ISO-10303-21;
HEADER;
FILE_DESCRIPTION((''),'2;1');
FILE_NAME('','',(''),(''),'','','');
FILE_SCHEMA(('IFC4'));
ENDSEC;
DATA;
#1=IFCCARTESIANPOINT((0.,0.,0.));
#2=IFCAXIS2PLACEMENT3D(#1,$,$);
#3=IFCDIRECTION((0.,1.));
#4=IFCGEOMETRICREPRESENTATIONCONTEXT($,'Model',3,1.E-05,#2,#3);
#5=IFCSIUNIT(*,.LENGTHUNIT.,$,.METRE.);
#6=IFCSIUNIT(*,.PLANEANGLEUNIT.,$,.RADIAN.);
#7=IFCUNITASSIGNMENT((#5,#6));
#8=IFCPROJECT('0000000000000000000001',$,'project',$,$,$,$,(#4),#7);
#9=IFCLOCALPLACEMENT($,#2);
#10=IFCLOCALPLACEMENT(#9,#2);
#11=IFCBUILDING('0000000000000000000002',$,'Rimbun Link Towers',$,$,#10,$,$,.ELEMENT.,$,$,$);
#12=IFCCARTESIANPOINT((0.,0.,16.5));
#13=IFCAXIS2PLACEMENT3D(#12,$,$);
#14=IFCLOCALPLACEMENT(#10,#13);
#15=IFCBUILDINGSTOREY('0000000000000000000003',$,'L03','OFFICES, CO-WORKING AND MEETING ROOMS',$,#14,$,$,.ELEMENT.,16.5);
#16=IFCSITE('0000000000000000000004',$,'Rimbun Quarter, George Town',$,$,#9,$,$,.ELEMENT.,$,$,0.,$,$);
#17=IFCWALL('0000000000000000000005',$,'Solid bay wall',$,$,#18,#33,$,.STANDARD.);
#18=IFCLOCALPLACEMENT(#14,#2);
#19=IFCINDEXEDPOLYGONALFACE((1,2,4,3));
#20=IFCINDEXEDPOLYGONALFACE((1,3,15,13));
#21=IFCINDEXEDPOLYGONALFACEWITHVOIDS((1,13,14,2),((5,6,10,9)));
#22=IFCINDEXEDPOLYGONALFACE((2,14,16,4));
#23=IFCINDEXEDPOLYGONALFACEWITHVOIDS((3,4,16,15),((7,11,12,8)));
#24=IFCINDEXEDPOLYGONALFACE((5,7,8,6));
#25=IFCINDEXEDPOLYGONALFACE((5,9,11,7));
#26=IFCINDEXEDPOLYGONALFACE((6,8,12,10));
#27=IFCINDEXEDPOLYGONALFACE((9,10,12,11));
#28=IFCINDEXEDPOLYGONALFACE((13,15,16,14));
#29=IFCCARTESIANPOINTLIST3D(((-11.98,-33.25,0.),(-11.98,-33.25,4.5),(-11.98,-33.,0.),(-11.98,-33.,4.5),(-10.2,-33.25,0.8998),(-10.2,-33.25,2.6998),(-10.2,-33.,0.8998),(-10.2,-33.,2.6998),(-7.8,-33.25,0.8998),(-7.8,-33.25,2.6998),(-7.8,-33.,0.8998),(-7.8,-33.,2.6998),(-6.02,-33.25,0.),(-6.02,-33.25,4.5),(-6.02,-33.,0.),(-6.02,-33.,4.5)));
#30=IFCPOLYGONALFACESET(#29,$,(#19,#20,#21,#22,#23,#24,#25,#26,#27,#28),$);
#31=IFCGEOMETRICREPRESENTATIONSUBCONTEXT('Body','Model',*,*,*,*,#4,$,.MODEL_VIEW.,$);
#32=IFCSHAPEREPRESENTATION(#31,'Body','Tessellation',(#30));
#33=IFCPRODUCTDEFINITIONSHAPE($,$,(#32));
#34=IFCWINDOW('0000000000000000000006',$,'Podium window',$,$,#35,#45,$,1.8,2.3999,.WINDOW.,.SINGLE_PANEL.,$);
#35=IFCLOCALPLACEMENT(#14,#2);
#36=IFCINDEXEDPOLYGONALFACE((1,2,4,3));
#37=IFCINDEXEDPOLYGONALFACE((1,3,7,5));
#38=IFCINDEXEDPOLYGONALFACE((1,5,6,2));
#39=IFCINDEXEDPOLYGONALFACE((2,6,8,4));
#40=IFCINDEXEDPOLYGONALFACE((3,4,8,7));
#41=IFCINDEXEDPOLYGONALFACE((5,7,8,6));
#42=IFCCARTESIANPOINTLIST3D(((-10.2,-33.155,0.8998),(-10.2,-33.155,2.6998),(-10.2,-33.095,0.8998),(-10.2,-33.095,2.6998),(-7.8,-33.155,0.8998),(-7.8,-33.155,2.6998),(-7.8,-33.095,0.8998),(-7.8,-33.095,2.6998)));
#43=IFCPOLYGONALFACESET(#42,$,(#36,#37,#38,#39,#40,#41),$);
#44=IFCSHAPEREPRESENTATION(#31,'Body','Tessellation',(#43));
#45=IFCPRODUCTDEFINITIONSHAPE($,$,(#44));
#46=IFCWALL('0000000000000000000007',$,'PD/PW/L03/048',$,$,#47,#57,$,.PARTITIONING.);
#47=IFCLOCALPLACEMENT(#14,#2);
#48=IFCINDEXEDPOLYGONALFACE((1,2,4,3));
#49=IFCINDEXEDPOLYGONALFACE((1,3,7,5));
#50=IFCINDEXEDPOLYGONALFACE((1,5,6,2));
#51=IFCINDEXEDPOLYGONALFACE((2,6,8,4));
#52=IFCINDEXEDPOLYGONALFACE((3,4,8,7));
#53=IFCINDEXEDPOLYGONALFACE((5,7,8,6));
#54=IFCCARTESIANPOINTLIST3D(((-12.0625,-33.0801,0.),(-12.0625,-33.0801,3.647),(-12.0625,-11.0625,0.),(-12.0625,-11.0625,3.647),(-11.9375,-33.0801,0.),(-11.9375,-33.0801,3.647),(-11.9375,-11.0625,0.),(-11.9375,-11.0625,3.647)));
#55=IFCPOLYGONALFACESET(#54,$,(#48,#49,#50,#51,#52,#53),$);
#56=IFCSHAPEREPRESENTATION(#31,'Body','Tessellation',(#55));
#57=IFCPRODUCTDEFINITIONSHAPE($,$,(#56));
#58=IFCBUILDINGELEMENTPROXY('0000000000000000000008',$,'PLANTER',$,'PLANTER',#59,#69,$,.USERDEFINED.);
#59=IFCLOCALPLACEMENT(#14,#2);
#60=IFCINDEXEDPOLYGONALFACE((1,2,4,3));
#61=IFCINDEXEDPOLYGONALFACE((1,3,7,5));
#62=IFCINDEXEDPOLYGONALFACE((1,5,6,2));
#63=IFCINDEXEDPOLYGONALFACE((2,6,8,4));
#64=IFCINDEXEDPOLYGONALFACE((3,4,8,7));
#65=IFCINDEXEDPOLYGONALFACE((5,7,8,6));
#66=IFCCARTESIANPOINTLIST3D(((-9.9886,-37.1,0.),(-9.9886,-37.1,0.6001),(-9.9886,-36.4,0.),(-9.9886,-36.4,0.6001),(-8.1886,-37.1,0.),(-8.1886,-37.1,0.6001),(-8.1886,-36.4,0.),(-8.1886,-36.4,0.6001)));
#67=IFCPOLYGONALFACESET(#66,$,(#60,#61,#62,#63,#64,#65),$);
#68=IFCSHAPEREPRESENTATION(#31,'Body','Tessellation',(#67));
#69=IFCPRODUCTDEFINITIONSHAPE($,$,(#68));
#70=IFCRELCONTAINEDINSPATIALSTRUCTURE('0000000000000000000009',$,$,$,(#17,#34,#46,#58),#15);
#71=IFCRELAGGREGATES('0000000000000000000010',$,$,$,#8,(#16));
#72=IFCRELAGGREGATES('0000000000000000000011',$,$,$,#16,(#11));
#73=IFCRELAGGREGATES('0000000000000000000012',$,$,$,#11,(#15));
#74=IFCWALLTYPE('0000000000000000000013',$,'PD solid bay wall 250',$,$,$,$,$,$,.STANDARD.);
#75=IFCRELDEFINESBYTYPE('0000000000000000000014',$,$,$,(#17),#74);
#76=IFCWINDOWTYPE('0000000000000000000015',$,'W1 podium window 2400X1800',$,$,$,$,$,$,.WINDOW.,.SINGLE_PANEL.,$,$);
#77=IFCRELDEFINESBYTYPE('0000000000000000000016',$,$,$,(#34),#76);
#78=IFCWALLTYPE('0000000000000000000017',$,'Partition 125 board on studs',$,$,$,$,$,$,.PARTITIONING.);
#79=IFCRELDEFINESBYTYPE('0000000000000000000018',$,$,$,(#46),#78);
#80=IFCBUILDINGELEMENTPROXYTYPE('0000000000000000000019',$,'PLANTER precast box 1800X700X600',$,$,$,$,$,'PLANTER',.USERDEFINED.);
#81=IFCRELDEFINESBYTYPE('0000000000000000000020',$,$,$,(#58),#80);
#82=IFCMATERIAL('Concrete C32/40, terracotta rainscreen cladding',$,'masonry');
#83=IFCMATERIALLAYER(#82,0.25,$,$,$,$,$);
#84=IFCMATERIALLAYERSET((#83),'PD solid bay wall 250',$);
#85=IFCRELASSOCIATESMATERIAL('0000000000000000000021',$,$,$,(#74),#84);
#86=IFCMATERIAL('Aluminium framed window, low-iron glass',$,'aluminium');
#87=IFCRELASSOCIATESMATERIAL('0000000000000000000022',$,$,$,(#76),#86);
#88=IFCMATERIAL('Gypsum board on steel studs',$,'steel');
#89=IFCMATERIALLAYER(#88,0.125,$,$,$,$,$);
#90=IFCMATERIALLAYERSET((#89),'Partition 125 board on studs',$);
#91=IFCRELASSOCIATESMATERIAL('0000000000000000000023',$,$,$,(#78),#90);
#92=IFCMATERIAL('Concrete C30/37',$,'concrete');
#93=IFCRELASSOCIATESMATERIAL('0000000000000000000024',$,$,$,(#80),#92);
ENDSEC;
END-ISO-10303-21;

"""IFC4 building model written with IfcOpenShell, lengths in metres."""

from ifc_helpers import new_model, si_unit, direction, frame, frame_2d, origin, origin_2d, place, context, subcontext, project, spatial, rectangle, extrude, material, layer, layer_set, type_object, element, fill, save


model = new_model("IFC4")

# Units and contexts
model_context = context("Model", 3, precision=1e-05, world=origin(), true_north=direction((0.0, 1.0)))
body_context = subcontext(model_context, "Body", "Model", "MODEL_VIEW")
ifc_project = project(units=[si_unit("LENGTHUNIT", "METRE"), si_unit("PLANEANGLEUNIT", "RADIAN")], contexts=[model_context])

# Site, building, storey
site_placement = place(None, origin())
site = spatial("IfcSite", under=ifc_project, at=site_placement, Name="Rimbun Quarter, George Town", CompositionType="ELEMENT", RefElevation=0.0)
building_placement = place(site_placement, origin())
building = spatial("IfcBuilding", under=site, at=building_placement, Name="Rimbun Link Towers", CompositionType="ELEMENT")
storey_placement = place(building_placement, frame((0.0, 0.0, 16.5)))
storey = spatial("IfcBuildingStorey", under=building, at=storey_placement, Name="L03", Description="OFFICES, CO-WORKING AND MEETING ROOMS", CompositionType="ELEMENT", Elevation=16.5)

# Wall, opening, window
ifc_material_1 = material(Name="Concrete C32/40, terracotta rainscreen cladding", Category="masonry")
ifc_layer_1 = layer(ifc_material_1, 0.25)
ifc_layer_set_1 = layer_set([ifc_layer_1], Name="PD solid bay wall 250")
wall_type_1 = type_object("IfcWallType", Name="PD solid bay wall 250", PredefinedType="STANDARD", material=ifc_layer_set_1)
wall_1_placement = place(storey_placement, frame((-6.02, -33.125, 0.0), z_axis=(0.0, 0.0, 1.0), x_axis=(-1.0, 0.0, 0.0)))
wall_1 = element("IfcWall", 1, at=wall_1_placement, inside=storey, type_object=wall_type_1, Name="Solid bay wall", PredefinedType="STANDARD", context=body_context, shape_type="SweptSolid", body=[
    extrude(rectangle(XDim=5.96, YDim=0.25, at=frame_2d((2.98, 0.0))), origin(), (0.0, 0.0, 1.0), 4.5),
])
opening_placement = place(wall_1_placement, frame((1.78, 0.0, 0.8999)))
opening = element("IfcOpeningElement", 2, at=opening_placement, cuts=wall_1, PredefinedType="OPENING", context=body_context, shape_type="SweptSolid", body=[
    extrude(rectangle(XDim=2.3999, YDim=1.8, at=frame_2d((1.2, 0.8999))), frame((0.0, 0.135, 0.0), z_axis=(0.0, -1.0, 0.0), x_axis=(1.0, 0.0, 0.0)), (0.0, 0.0, 1.0), 0.27),
])
ifc_material_2 = material(Name="Aluminium framed window, low-iron glass", Category="aluminium")
window_type = type_object("IfcWindowType", Name="W1 podium window 2400X1800", PartitioningType="SINGLE_PANEL", PredefinedType="WINDOW", material=ifc_material_2)
window_placement = place(opening_placement, origin())
window = element("IfcWindow", 3, at=window_placement, inside=storey, type_object=window_type, Name="Podium window", OverallHeight=1.8, OverallWidth=2.3999, PartitioningType="SINGLE_PANEL", PredefinedType="WINDOW", context=body_context, shape_type="SweptSolid", body=[
    extrude(rectangle(XDim=2.3999, YDim=1.8, at=frame_2d((1.2, 0.8999))), frame((0.0, 0.03, 0.0), z_axis=(0.0, -1.0, 0.0), x_axis=(1.0, 0.0, 0.0)), (0.0, 0.0, 1.0), 0.0601),
])
fill(opening, window)

# Wall
ifc_material_3 = material(Name="Gypsum board on steel studs", Category="steel")
ifc_layer_2 = layer(ifc_material_3, 0.125)
ifc_layer_set_2 = layer_set([ifc_layer_2], Name="Partition 125 board on studs")
wall_type_2 = type_object("IfcWallType", Name="Partition 125 board on studs", PredefinedType="PARTITIONING", material=ifc_layer_set_2)
wall_2_placement = place(storey_placement, frame((-12.0, -33.0801, 0.0), z_axis=(0.0, 0.0, 1.0), x_axis=(0.0, 1.0, 0.0)))
element("IfcWall", 4, at=wall_2_placement, inside=storey, type_object=wall_type_2, Name="PD/PW/L03/048", PredefinedType="PARTITIONING", context=body_context, shape_type="SweptSolid", body=[
    extrude(rectangle(XDim=22.0176, YDim=0.125, at=frame_2d((11.0088, 0.0))), origin(), (0.0, 0.0, 1.0), 3.647),
])

# Building element proxy
ifc_material_4 = material(Name="Concrete C30/37", Category="concrete")
building_element_proxy_type = type_object("IfcBuildingElementProxyType", Name="PLANTER precast box 1800X700X600", ElementType="PLANTER", PredefinedType="USERDEFINED", material=ifc_material_4)
proxy_placement = place(storey_placement, frame((-9.0886, -36.75, 0.0), z_axis=(0.0, 0.0, 1.0), x_axis=(1.0, 0.0, 0.0)))
element("IfcBuildingElementProxy", 5, at=proxy_placement, inside=storey, type_object=building_element_proxy_type, Name="PLANTER", ObjectType="PLANTER", PredefinedType="USERDEFINED", context=body_context, shape_type="SweptSolid", body=[
    extrude(rectangle(XDim=1.8, YDim=0.7, at=origin_2d()), origin(), (0.0, 0.0, 1.0), 0.6001),
])

save(model, "model.ifc")
